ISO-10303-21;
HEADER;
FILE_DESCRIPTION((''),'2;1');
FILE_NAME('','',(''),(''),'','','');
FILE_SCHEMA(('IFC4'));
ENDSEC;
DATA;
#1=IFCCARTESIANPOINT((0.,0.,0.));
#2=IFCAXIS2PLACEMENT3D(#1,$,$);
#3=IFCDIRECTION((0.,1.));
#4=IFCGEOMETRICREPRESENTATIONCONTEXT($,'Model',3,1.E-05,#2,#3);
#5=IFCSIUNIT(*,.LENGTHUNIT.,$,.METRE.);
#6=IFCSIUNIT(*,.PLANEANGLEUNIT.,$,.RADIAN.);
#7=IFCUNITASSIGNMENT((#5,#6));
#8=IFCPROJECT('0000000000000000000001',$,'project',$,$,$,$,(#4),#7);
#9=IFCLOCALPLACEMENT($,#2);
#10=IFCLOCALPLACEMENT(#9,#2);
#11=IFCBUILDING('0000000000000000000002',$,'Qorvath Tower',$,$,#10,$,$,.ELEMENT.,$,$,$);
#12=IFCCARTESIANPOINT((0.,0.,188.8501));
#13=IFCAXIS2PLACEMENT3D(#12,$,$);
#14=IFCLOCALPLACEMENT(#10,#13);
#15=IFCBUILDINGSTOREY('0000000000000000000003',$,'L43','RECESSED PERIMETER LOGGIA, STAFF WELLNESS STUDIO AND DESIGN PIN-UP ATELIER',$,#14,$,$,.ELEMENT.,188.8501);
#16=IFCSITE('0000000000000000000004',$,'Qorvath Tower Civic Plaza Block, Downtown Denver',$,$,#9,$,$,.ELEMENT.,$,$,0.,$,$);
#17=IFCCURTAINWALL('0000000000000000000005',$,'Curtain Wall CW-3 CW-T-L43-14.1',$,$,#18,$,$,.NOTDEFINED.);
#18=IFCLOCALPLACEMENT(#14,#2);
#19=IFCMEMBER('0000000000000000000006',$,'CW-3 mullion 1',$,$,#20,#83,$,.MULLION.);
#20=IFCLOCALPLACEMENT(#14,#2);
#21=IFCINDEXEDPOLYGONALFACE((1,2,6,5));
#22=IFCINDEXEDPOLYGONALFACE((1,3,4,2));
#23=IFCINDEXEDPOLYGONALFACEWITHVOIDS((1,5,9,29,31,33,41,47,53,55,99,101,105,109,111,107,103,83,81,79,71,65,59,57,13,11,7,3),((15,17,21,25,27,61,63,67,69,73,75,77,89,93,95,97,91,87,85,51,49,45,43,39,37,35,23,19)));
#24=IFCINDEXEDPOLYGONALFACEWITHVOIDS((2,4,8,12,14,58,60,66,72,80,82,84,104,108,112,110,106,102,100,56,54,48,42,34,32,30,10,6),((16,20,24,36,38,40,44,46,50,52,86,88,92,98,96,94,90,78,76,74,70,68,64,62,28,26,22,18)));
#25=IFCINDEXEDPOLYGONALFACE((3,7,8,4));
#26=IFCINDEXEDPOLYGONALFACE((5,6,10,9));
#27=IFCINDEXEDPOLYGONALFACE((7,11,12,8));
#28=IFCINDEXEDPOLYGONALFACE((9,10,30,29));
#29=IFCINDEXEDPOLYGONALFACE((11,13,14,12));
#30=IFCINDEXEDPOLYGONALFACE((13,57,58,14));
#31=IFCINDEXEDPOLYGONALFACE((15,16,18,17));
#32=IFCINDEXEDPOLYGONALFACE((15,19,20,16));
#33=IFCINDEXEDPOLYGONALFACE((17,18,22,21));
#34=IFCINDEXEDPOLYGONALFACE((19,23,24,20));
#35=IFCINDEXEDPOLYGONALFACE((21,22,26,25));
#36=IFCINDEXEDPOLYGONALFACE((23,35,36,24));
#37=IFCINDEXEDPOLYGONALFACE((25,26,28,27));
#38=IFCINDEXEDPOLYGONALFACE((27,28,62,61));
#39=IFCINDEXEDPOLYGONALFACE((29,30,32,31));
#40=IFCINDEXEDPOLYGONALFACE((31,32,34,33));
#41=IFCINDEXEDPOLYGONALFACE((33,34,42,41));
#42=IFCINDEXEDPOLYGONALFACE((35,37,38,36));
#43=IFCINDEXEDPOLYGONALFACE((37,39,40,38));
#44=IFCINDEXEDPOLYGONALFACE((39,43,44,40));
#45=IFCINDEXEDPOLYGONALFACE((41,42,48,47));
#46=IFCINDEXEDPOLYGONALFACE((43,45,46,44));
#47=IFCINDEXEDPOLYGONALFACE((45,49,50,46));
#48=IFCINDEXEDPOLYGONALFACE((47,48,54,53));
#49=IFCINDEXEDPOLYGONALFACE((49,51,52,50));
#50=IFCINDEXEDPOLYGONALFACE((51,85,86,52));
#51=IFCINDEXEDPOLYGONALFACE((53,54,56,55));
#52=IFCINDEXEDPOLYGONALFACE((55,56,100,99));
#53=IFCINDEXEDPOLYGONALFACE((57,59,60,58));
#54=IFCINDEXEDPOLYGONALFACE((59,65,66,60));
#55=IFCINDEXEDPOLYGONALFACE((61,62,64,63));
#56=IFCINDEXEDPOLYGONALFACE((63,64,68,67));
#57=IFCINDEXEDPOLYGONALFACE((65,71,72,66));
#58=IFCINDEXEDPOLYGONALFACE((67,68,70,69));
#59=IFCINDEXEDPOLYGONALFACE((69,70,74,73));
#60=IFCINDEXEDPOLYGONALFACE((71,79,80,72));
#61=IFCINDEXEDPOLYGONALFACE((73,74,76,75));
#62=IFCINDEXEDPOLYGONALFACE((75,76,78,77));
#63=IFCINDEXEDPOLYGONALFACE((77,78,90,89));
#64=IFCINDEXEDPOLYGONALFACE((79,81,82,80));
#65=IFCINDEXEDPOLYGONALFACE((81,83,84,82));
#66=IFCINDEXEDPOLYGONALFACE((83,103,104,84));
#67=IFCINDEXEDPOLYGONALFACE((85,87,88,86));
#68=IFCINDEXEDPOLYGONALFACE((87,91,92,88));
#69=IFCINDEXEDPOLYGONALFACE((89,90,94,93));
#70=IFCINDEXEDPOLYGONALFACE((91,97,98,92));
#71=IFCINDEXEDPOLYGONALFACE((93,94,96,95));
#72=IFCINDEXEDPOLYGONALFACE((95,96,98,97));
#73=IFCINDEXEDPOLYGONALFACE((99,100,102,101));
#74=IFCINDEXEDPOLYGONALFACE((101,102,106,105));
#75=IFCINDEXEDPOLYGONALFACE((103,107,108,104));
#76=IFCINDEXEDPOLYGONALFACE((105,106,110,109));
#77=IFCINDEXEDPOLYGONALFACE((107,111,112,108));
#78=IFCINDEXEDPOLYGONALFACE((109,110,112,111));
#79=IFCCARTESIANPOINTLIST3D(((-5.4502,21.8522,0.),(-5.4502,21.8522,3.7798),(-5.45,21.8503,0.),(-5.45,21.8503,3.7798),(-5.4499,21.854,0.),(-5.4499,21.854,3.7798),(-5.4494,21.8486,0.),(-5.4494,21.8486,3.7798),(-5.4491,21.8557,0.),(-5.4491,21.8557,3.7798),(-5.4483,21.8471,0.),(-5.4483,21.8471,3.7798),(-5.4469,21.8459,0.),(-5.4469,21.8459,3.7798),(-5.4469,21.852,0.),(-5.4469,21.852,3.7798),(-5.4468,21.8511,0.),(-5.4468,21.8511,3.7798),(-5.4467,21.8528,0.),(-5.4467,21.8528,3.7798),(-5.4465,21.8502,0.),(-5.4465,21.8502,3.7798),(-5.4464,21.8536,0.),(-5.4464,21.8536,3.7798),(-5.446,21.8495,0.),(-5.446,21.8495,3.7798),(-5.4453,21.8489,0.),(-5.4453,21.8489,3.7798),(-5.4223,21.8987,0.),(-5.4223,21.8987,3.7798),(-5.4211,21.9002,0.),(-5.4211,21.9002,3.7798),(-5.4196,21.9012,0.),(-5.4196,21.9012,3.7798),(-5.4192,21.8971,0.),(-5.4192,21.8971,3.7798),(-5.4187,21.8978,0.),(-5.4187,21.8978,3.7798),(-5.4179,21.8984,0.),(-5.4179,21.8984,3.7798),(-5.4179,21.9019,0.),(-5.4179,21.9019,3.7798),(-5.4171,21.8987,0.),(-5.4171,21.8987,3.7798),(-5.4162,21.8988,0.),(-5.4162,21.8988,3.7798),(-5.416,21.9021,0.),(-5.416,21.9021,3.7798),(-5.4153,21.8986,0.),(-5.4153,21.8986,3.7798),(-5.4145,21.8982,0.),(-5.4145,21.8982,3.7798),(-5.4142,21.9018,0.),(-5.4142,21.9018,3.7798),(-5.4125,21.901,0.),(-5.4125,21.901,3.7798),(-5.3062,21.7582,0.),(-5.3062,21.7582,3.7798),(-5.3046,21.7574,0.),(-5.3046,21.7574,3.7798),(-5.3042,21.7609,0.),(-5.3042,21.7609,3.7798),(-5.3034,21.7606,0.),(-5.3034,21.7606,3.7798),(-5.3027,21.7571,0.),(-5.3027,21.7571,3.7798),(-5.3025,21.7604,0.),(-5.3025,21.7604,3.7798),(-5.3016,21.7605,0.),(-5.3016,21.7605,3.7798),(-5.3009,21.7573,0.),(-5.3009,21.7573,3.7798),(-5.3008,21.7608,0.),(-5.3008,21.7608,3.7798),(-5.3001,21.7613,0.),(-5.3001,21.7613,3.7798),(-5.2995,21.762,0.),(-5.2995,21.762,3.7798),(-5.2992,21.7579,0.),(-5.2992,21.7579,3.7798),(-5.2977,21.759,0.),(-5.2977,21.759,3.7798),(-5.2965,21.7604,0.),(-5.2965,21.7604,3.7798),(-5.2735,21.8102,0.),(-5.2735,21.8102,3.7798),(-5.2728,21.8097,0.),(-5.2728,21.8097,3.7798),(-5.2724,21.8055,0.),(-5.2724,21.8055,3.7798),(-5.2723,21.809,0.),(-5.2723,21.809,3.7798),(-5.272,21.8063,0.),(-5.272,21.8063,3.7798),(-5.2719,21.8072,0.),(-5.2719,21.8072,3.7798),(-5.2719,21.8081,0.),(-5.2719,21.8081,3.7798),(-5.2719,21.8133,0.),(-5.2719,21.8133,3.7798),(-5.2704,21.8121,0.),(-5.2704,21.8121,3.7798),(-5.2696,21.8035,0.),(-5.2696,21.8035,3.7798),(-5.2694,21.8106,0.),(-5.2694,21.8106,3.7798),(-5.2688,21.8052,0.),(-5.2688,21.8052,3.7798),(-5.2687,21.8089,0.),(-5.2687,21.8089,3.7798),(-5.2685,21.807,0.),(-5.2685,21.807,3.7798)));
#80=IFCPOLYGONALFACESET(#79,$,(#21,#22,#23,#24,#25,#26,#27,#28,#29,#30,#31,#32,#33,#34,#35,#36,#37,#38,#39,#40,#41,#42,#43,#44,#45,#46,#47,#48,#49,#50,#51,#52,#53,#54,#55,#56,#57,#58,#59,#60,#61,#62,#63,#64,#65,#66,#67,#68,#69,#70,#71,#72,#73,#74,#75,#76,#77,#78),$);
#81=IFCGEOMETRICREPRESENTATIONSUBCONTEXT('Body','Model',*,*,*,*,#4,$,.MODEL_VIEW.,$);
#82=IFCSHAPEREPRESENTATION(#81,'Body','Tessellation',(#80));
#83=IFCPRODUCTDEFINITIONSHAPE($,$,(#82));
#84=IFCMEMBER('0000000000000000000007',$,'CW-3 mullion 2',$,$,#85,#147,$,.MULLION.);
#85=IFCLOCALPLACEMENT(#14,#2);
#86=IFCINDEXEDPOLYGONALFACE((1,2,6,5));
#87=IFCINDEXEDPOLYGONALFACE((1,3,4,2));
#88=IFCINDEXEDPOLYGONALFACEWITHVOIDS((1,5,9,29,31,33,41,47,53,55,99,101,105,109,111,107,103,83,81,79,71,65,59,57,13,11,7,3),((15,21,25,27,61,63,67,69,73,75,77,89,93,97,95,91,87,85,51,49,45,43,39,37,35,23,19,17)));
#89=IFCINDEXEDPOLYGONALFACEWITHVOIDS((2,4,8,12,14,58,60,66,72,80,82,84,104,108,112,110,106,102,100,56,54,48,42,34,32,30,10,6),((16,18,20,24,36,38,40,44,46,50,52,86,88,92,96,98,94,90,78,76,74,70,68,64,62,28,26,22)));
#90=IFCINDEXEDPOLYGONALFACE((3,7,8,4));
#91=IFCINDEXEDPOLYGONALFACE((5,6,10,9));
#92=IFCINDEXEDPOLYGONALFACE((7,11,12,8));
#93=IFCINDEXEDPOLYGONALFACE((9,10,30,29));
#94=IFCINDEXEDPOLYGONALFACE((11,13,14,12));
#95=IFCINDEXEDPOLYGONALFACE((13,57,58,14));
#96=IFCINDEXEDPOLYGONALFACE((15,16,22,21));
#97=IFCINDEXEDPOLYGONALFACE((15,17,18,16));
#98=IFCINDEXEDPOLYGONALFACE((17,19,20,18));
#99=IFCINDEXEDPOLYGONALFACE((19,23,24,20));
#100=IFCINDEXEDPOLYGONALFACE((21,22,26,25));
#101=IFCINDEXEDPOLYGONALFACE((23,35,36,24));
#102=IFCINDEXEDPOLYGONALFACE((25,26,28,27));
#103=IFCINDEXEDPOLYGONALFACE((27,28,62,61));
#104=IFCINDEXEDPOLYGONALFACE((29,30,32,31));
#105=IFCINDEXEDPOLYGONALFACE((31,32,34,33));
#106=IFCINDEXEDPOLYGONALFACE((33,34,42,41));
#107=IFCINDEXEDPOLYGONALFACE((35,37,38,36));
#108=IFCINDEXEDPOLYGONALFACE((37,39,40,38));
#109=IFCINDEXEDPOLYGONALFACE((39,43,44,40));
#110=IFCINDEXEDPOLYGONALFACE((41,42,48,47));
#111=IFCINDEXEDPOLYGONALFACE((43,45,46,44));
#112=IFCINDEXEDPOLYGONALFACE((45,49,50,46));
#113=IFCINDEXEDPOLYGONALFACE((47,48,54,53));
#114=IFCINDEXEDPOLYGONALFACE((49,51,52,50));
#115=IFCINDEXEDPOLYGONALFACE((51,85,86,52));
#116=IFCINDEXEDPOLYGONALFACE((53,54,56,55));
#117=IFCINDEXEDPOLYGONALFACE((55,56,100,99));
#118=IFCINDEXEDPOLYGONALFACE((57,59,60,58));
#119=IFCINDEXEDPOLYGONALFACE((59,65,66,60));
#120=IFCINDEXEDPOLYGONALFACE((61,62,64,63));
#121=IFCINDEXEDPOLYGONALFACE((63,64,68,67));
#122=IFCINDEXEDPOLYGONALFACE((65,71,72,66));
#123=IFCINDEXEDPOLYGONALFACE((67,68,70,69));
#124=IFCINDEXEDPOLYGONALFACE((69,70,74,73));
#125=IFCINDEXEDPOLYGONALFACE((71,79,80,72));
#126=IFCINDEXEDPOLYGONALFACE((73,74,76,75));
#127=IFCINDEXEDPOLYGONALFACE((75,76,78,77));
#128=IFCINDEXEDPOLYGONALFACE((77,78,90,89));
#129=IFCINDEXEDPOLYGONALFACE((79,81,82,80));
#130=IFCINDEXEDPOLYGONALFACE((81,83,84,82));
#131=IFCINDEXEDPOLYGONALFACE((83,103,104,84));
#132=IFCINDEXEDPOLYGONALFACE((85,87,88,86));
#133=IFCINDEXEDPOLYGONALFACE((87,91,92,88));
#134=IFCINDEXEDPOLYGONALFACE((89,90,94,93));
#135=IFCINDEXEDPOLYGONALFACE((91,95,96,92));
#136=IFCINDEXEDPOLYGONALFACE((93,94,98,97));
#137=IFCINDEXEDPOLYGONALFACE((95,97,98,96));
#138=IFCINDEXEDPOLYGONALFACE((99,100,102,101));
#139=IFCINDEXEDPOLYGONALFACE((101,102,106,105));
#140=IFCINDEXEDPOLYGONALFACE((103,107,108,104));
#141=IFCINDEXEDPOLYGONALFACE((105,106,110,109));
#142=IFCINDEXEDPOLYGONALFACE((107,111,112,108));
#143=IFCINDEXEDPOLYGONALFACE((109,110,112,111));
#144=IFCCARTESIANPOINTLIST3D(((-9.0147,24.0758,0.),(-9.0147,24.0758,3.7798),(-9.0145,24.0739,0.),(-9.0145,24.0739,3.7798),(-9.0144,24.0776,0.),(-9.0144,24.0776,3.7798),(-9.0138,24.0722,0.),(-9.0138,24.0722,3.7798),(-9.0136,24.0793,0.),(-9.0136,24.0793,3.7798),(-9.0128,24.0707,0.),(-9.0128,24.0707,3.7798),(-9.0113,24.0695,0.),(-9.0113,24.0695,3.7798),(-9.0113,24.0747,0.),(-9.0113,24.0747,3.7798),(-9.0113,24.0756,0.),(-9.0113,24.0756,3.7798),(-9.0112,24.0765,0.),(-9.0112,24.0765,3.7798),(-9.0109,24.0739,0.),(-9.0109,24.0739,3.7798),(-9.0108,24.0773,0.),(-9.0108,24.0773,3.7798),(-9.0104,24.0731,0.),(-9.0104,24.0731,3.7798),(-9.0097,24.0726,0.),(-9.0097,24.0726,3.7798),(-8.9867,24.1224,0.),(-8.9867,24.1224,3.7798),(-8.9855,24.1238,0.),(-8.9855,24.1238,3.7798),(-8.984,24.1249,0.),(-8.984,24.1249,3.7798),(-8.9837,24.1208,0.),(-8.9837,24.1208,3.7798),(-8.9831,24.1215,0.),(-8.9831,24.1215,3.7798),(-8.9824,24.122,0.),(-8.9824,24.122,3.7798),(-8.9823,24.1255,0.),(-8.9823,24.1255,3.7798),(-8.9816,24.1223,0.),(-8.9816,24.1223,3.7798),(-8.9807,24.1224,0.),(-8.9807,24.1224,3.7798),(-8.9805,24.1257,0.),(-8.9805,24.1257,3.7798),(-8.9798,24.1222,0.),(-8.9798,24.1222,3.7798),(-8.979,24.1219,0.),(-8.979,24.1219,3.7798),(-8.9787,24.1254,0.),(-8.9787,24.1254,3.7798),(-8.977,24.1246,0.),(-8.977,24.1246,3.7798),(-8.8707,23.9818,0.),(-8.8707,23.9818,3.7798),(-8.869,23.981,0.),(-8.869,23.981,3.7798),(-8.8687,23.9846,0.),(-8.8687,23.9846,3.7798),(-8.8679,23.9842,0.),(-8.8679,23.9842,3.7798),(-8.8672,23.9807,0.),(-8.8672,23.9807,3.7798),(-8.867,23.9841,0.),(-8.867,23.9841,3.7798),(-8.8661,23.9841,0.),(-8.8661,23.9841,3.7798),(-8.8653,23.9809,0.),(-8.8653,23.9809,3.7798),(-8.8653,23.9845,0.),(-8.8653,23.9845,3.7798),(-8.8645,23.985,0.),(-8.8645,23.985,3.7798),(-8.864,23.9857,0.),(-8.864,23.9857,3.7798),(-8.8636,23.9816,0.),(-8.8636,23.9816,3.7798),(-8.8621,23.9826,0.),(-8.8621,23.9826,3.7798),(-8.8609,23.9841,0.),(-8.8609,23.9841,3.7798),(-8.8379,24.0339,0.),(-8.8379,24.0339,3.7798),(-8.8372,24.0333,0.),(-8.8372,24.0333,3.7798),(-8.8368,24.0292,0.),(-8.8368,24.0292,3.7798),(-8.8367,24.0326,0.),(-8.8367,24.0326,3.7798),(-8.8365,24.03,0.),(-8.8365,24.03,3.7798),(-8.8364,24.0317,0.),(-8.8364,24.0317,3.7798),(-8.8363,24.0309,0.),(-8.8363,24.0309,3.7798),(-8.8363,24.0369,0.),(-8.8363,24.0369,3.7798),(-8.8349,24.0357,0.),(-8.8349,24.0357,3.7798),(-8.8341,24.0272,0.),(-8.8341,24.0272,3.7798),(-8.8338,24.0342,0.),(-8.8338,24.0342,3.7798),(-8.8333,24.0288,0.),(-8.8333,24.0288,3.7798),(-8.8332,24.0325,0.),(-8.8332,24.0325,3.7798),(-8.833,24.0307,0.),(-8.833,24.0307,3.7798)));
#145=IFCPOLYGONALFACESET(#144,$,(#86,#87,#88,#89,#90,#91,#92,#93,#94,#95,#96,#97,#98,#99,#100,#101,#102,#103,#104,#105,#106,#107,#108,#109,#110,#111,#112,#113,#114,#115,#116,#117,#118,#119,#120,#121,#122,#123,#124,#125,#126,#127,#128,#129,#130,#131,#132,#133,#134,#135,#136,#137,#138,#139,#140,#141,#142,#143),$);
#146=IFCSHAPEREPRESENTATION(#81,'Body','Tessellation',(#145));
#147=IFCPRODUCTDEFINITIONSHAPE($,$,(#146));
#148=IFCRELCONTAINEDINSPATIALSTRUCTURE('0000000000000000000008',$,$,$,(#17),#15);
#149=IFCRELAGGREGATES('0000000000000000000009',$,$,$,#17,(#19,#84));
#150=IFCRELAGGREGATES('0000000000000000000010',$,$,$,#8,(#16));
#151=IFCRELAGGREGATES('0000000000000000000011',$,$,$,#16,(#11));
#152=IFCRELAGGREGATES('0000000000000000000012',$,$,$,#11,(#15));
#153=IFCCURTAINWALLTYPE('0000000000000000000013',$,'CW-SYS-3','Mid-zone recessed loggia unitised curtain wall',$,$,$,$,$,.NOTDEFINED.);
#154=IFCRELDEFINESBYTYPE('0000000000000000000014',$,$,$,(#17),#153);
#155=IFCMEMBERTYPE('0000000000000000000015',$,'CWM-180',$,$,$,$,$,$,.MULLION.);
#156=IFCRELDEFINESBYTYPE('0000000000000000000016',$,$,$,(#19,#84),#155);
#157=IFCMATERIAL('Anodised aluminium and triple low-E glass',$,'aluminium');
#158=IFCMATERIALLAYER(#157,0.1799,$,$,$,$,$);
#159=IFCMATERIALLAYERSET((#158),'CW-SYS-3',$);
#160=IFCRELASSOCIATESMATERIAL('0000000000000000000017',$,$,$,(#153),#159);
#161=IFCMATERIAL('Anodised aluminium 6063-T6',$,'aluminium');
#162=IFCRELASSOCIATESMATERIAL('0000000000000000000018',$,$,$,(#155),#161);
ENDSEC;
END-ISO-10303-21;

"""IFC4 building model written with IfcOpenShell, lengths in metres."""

from ifc_helpers import new_model, si_unit, direction, frame, origin, origin_2d, place, context, subcontext, project, spatial, hollow_rectangle, extrude, material, layer, layer_set, material_profile, profile_set, type_object, element, aggregate, save


model = new_model("IFC4")

# Units and contexts
model_context = context("Model", 3, precision=1e-05, world=origin(), true_north=direction((0.0, 1.0)))
body_context = subcontext(model_context, "Body", "Model", "MODEL_VIEW")
ifc_project = project(units=[si_unit("LENGTHUNIT", "METRE"), si_unit("PLANEANGLEUNIT", "RADIAN")], contexts=[model_context])

# Site, building, storey
site_placement = place(None, origin())
site = spatial("IfcSite", under=ifc_project, at=site_placement, Name="Qorvath Tower Civic Plaza Block, Downtown Denver", CompositionType="ELEMENT", RefElevation=0.0)
building_placement = place(site_placement, origin())
building = spatial("IfcBuilding", under=site, at=building_placement, Name="Qorvath Tower", CompositionType="ELEMENT")
storey_placement = place(building_placement, frame((0.0, 0.0, 188.8501)))
storey = spatial("IfcBuildingStorey", under=building, at=storey_placement, Name="L43", Description="RECESSED PERIMETER LOGGIA, STAFF WELLNESS STUDIO AND DESIGN PIN-UP ATELIER", CompositionType="ELEMENT", Elevation=188.8501)

# Shared definitions
ifc_material_1 = material(Name="Anodised aluminium and triple low-E glass", Category="aluminium")
ifc_layer_1 = layer(ifc_material_1, 0.1799)
ifc_layer_set_1 = layer_set([ifc_layer_1], Name="CW-SYS-3")
curtain_wall_type = type_object("IfcCurtainWallType", Name="CW-SYS-3", Description="Mid-zone recessed loggia unitised curtain wall", PredefinedType="NOTDEFINED", material=ifc_layer_set_1)
ifc_material_2 = material(Name="Anodised aluminium 6063-T6", Category="aluminium")
ifc_material_profile_1 = material_profile(ifc_material_2, hollow_rectangle(XDim=0.0649, YDim=0.1799, WallThickness=0.0034, InnerFilletRadius=0.0034, OuterFilletRadius=0.0071, at=origin_2d()), Name="CWM 180x65")
ifc_profile_set_1 = profile_set([ifc_material_profile_1], Name="Anodised aluminium 6063-T6")
member_type_1 = type_object("IfcMemberType", Name="CWM-180", PredefinedType="MULLION", material=ifc_profile_set_1)

# Curtain wall, members
curtain_wall_1_placement = place(storey_placement, origin())
curtain_wall_1 = element("IfcCurtainWall", 1, at=curtain_wall_1_placement, inside=storey, type_object=curtain_wall_type, Name="Curtain Wall CW-3 CW-T-L43-14.1", PredefinedType="NOTDEFINED")
member_1_placement = place(storey_placement, frame((-5.3594, 21.8296, 0.0), z_axis=(0.0, 0.0, 1.0), x_axis=(-0.529252, -0.848464, 0.0)))
member_1 = element("IfcMember", 2, at=member_1_placement, type_object=member_type_1, Name="CW-3 mullion 1", PredefinedType="MULLION", context=body_context, shape_type="SweptSolid", body=[
    extrude(hollow_rectangle(XDim=0.0649, YDim=0.1799, WallThickness=0.0034, InnerFilletRadius=0.0034, OuterFilletRadius=0.0071, at=origin_2d()), origin(), (0.0, 0.0, 1.0), 3.7798),
])
member_2_placement = place(storey_placement, frame((-8.9238, 24.0532, 0.0), z_axis=(0.0, 0.0, 1.0), x_axis=(-0.529252, -0.848464, 0.0)))
member_2 = element("IfcMember", 3, at=member_2_placement, type_object=member_type_1, Name="CW-3 mullion 2", PredefinedType="MULLION", context=body_context, shape_type="SweptSolid", body=[
    extrude(hollow_rectangle(XDim=0.0649, YDim=0.1799, WallThickness=0.0034, InnerFilletRadius=0.0034, OuterFilletRadius=0.0071, at=origin_2d()), origin(), (0.0, 0.0, 1.0), 3.7798),
])

aggregate(curtain_wall_1, [member_1, member_2])

save(model, "model.ifc")
